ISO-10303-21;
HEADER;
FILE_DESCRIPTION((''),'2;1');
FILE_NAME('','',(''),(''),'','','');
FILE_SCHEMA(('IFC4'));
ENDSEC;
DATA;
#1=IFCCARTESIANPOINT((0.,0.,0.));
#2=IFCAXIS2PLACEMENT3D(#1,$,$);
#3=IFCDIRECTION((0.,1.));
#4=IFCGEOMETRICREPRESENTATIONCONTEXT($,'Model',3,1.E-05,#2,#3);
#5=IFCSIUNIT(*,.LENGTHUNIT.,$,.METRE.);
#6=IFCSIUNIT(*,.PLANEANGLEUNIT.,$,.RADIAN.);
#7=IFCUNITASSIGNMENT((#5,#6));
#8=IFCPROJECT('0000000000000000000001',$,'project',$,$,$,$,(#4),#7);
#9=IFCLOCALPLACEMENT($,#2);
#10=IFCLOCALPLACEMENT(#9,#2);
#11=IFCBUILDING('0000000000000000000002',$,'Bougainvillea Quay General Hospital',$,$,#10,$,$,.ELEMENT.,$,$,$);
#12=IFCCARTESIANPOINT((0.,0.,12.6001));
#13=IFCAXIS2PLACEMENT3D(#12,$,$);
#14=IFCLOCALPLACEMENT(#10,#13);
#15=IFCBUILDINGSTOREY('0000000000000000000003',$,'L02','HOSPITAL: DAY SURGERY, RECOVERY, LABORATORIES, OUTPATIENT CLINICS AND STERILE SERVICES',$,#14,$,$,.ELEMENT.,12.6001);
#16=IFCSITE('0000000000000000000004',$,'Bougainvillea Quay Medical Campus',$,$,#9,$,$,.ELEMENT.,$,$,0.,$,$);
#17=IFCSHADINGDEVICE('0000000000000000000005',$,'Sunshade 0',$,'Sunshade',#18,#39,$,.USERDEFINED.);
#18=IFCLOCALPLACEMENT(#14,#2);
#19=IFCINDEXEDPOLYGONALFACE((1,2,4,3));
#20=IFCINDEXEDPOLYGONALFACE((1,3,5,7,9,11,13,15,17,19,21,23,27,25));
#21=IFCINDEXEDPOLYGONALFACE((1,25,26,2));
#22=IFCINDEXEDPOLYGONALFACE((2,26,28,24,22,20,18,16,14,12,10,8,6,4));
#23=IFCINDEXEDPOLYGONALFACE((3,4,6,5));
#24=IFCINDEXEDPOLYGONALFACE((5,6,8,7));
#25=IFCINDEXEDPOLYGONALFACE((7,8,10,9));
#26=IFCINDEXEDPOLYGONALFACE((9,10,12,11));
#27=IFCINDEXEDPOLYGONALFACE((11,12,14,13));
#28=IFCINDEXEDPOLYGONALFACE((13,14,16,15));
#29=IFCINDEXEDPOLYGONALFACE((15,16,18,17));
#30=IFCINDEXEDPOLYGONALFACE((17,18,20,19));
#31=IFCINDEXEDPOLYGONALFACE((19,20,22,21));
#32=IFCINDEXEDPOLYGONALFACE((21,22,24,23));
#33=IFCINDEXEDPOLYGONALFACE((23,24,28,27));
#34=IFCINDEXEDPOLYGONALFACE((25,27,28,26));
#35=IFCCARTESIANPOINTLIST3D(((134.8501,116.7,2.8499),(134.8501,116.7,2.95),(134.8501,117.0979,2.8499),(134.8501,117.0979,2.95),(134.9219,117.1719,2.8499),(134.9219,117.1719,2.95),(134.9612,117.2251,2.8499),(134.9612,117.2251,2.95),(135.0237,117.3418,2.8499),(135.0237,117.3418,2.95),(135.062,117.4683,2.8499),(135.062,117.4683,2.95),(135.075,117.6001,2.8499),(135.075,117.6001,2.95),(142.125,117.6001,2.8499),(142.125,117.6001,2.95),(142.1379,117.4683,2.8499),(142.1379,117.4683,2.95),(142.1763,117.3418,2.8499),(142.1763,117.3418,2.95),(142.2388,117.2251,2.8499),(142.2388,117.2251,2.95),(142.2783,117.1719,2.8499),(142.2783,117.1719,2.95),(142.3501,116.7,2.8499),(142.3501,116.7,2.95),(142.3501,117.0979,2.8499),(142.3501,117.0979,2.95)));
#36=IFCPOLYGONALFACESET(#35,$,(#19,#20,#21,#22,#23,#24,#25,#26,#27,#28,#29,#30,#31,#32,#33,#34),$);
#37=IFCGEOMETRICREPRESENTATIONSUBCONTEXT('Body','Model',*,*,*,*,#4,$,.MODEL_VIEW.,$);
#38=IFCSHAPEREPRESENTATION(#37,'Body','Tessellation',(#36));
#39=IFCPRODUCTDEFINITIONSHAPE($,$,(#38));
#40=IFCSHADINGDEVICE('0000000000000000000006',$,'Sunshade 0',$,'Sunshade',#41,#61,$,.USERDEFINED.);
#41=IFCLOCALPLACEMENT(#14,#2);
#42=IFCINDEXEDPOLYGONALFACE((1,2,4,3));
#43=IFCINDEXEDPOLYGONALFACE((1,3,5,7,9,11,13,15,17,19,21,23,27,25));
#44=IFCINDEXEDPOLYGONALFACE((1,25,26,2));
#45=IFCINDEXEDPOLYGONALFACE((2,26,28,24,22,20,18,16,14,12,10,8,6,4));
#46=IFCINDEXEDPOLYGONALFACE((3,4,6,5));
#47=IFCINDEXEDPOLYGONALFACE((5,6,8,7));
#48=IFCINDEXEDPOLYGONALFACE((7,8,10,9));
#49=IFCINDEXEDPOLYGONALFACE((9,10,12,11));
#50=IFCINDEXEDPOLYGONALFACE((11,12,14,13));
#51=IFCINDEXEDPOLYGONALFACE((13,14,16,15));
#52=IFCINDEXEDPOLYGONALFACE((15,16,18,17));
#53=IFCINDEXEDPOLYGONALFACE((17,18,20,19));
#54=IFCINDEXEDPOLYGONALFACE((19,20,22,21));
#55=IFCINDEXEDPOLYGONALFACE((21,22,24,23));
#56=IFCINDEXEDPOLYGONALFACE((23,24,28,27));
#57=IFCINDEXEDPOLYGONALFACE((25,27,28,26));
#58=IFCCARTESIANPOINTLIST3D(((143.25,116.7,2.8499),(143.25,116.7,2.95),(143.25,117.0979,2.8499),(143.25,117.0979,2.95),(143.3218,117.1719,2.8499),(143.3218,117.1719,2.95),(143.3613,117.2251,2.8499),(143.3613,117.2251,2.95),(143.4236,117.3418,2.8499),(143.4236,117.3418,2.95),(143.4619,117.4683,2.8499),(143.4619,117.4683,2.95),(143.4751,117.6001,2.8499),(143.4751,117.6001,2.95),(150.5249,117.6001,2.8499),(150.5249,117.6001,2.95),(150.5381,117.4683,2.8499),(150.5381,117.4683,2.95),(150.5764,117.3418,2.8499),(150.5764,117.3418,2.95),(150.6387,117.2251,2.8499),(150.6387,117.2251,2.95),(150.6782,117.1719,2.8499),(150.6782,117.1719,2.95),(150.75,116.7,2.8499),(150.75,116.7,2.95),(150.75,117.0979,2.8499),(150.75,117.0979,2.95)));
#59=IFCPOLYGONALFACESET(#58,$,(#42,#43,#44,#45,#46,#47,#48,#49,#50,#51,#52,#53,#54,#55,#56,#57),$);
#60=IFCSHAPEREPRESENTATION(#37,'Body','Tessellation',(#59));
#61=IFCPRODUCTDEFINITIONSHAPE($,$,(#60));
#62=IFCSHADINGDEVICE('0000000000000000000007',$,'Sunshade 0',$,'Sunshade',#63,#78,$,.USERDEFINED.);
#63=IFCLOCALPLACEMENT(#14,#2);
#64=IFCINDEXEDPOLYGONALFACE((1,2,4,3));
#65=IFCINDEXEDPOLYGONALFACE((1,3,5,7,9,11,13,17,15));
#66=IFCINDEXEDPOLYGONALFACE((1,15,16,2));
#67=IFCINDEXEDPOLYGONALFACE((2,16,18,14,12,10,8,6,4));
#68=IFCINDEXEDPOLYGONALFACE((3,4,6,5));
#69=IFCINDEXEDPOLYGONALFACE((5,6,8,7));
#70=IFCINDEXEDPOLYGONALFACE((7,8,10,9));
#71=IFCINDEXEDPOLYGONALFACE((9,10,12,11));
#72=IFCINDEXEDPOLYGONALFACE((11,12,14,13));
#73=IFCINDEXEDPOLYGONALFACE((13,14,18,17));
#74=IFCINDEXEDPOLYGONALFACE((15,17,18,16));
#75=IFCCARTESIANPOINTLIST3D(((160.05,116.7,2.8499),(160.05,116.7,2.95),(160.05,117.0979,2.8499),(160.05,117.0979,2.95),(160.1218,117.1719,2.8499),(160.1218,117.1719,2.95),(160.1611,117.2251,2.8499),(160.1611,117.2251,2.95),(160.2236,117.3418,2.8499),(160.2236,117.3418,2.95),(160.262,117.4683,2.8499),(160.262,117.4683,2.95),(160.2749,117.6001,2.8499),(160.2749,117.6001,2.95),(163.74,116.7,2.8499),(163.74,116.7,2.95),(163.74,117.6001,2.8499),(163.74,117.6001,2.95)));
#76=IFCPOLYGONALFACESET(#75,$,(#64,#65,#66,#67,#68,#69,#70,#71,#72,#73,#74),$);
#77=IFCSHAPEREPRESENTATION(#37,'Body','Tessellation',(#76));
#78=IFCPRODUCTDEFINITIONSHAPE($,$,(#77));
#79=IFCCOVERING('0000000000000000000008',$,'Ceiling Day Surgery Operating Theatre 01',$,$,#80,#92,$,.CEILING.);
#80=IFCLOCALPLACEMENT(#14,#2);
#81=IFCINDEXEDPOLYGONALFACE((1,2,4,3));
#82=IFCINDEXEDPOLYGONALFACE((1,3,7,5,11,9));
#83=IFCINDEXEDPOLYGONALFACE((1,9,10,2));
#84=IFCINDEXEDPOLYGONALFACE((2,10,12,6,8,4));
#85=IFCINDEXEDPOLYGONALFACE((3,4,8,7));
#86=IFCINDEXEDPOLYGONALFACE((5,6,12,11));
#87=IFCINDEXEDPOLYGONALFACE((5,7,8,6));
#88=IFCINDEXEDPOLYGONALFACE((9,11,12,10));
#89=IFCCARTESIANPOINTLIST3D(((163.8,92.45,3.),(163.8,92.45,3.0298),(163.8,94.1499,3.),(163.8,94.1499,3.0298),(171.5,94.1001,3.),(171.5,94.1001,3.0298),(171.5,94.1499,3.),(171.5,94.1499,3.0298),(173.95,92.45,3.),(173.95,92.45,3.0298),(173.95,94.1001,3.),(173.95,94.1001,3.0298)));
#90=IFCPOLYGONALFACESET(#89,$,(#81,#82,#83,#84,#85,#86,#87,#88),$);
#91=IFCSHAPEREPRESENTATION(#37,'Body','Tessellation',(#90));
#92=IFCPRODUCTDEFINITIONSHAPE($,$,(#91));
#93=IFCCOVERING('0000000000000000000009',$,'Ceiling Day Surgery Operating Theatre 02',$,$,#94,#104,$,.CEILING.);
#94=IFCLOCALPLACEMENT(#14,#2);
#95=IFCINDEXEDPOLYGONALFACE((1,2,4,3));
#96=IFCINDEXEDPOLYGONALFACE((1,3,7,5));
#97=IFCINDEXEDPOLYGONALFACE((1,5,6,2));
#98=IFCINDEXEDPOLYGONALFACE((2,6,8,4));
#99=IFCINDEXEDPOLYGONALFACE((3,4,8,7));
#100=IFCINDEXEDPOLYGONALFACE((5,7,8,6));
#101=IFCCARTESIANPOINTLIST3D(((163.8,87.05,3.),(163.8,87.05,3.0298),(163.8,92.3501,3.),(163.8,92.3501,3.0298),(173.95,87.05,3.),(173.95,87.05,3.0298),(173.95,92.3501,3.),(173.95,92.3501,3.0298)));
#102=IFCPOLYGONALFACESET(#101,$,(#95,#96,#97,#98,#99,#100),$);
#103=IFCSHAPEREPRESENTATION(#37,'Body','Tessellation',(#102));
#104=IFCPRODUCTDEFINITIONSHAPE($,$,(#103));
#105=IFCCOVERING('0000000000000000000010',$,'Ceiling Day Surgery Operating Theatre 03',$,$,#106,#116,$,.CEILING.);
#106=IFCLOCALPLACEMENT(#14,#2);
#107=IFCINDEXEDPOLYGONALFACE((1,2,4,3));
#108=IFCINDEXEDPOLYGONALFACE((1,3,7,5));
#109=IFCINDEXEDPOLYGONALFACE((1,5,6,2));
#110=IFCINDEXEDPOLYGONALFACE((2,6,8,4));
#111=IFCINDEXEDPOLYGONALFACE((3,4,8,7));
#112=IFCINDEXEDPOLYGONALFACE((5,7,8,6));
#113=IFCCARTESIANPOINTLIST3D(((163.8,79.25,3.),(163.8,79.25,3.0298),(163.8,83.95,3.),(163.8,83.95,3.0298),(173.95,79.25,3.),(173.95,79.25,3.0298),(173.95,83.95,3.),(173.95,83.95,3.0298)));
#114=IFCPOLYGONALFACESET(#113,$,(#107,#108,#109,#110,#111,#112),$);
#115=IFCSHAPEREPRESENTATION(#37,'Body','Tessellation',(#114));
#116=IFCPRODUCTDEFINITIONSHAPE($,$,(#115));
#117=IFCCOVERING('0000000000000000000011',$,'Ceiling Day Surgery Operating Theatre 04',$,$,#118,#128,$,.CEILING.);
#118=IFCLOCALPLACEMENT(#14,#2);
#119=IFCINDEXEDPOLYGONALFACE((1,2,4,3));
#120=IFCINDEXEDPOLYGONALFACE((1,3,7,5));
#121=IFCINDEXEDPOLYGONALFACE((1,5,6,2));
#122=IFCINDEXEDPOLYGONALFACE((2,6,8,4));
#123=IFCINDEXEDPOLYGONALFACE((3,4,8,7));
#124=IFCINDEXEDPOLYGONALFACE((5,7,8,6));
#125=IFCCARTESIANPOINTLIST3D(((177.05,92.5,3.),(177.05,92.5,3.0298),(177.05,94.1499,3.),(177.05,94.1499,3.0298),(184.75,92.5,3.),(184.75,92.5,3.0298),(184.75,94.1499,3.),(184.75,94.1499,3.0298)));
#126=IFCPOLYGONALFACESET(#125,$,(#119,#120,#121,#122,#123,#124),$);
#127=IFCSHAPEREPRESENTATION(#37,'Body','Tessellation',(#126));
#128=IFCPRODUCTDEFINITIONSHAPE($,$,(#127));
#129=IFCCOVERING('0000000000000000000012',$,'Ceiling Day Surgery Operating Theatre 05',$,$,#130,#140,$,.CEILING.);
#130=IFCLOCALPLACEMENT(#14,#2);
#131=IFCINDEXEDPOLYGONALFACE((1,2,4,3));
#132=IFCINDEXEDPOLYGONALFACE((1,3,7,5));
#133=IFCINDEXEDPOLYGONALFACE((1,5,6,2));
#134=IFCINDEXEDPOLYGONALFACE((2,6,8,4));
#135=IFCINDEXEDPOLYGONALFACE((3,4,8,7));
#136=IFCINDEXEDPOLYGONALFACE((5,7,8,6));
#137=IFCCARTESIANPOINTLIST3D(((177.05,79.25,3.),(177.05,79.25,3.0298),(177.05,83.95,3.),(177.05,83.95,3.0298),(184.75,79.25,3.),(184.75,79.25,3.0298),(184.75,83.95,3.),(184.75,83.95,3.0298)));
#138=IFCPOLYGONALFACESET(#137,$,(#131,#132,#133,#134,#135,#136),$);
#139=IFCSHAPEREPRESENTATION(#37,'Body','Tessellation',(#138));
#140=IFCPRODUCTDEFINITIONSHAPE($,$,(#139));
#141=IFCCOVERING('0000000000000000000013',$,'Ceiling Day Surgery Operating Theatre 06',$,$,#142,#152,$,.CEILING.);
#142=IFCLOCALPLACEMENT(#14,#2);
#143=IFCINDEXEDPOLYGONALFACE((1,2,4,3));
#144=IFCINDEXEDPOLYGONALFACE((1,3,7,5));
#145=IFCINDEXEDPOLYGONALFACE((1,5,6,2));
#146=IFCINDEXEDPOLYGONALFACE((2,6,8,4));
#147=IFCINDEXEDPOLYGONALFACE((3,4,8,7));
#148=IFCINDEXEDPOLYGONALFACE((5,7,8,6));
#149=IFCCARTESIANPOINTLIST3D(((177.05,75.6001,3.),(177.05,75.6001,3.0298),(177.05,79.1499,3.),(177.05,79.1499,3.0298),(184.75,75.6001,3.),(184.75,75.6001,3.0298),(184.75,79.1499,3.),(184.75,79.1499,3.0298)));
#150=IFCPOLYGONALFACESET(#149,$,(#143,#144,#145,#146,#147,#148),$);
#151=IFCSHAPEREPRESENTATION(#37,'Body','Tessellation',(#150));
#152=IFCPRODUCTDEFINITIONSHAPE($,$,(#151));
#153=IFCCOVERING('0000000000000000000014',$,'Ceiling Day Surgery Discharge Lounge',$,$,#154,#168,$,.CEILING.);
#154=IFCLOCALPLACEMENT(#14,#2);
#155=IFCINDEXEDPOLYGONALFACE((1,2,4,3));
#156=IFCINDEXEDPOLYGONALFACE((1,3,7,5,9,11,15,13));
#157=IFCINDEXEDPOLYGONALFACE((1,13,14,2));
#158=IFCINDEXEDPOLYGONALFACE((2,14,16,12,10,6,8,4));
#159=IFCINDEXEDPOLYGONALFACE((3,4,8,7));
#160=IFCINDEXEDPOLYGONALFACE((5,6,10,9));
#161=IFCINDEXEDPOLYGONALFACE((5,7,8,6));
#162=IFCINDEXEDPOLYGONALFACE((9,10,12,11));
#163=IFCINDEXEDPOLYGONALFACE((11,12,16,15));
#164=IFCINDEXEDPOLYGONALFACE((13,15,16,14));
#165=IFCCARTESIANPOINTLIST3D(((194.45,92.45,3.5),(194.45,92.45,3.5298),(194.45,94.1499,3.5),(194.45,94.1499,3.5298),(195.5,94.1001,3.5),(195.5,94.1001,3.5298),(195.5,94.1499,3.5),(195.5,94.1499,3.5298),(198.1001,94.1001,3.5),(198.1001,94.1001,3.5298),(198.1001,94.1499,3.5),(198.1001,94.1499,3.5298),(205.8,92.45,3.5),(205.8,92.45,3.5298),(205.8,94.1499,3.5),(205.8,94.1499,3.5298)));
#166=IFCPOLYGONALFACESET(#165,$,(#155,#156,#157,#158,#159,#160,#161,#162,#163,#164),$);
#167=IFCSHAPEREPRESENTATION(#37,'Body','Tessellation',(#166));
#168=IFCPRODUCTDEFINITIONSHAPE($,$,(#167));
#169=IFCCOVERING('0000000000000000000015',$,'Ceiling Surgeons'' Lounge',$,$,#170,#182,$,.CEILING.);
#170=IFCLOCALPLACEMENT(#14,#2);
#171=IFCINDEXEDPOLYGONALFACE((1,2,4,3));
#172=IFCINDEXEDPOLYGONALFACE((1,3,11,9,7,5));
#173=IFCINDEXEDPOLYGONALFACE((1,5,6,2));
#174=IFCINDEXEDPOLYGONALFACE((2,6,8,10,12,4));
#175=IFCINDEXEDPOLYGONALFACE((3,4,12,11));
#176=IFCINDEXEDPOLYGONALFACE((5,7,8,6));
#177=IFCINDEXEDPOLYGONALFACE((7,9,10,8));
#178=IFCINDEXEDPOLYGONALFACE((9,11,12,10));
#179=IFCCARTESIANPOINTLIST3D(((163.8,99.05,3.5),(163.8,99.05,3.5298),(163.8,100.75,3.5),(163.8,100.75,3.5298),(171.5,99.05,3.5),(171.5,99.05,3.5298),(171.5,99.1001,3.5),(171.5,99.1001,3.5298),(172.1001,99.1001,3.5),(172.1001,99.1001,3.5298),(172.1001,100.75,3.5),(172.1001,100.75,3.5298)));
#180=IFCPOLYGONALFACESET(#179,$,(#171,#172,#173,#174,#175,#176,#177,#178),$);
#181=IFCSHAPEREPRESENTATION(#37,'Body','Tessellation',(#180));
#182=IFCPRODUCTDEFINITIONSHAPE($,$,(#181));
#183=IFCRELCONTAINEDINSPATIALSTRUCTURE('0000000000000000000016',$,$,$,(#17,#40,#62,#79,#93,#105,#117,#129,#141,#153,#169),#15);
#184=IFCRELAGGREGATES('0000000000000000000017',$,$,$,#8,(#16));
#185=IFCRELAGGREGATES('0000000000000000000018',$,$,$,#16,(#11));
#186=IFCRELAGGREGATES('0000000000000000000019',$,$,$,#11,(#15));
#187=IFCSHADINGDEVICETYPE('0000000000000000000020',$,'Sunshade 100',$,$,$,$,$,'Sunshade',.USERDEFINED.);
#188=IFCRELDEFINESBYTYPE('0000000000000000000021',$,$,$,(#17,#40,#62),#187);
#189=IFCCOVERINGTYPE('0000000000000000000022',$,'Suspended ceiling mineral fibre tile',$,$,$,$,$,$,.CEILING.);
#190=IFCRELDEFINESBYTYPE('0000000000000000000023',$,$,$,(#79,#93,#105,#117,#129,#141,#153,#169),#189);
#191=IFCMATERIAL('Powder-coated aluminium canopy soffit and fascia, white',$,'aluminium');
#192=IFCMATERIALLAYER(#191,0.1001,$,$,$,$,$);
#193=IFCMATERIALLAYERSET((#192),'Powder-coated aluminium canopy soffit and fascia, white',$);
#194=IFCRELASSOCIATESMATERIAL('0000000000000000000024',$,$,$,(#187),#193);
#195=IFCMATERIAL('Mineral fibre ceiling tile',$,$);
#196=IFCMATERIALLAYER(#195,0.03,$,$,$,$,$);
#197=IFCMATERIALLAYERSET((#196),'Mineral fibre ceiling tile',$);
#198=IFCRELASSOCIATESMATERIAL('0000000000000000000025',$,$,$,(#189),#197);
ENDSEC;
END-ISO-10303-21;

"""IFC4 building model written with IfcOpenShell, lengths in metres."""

from ifc_helpers import new_model, si_unit, direction, frame, origin, place, context, subcontext, project, spatial, polyline, outline, extrude, material, layer, layer_set, type_object, element, save


model = new_model("IFC4")

# Units and contexts
model_context = context("Model", 3, precision=1e-05, world=origin(), true_north=direction((0.0, 1.0)))
body_context = subcontext(model_context, "Body", "Model", "MODEL_VIEW")
ifc_project = project(units=[si_unit("LENGTHUNIT", "METRE"), si_unit("PLANEANGLEUNIT", "RADIAN")], contexts=[model_context])

# Site, building, storey
site_placement = place(None, origin())
site = spatial("IfcSite", under=ifc_project, at=site_placement, Name="Bougainvillea Quay Medical Campus", CompositionType="ELEMENT", RefElevation=0.0)
building_placement = place(site_placement, origin())
building = spatial("IfcBuilding", under=site, at=building_placement, Name="Bougainvillea Quay General Hospital", CompositionType="ELEMENT")
storey_placement = place(building_placement, frame((0.0, 0.0, 12.6001)))
storey = spatial("IfcBuildingStorey", under=building, at=storey_placement, Name="L02", Description="HOSPITAL: DAY SURGERY, RECOVERY, LABORATORIES, OUTPATIENT CLINICS AND STERILE SERVICES", CompositionType="ELEMENT", Elevation=12.6001)

# Shading devices
ifc_material_1 = material(Name="Powder-coated aluminium canopy soffit and fascia, white", Category="aluminium")
ifc_layer_1 = layer(ifc_material_1, 0.1001)
ifc_layer_set_1 = layer_set([ifc_layer_1], Name="Powder-coated aluminium canopy soffit and fascia, white")
shading_device_type = type_object("IfcShadingDeviceType", Name="Sunshade 100", ElementType="Sunshade", PredefinedType="USERDEFINED", material=ifc_layer_set_1)
shading_device_1_placement = place(storey_placement, frame((0.0, 0.0, 2.8499)))
element("IfcShadingDevice", 1, at=shading_device_1_placement, inside=storey, type_object=shading_device_type, Name="Sunshade 0", ObjectType="Sunshade", PredefinedType="USERDEFINED", context=body_context, shape_type="SweptSolid", body=[
    extrude(outline(polyline([(142.125, 117.6001), (135.075, 117.6001), (135.062, 117.4683), (135.0237, 117.3418), (134.9612, 117.2251), (134.9219, 117.1719), (134.8501, 117.0979), (134.8501, 116.7), (142.3501, 116.7), (142.3501, 117.0979), (142.2783, 117.1719), (142.2388, 117.2251), (142.1763, 117.3418), (142.1379, 117.4683), (142.125, 117.6001)])), origin(), (0.0, 0.0, 1.0), 0.1001),
])
shading_device_2_placement = place(storey_placement, frame((0.0, 0.0, 2.8499)))
element("IfcShadingDevice", 2, at=shading_device_2_placement, inside=storey, type_object=shading_device_type, Name="Sunshade 0", ObjectType="Sunshade", PredefinedType="USERDEFINED", context=body_context, shape_type="SweptSolid", body=[
    extrude(outline(polyline([(150.5249, 117.6001), (143.4751, 117.6001), (143.4619, 117.4683), (143.4236, 117.3418), (143.3613, 117.2251), (143.3218, 117.1719), (143.25, 117.0979), (143.25, 116.7), (150.75, 116.7), (150.75, 117.0979), (150.6782, 117.1719), (150.6387, 117.2251), (150.5764, 117.3418), (150.5381, 117.4683), (150.5249, 117.6001)])), origin(), (0.0, 0.0, 1.0), 0.1001),
])
shading_device_3_placement = place(storey_placement, frame((0.0, 0.0, 2.8499)))
element("IfcShadingDevice", 3, at=shading_device_3_placement, inside=storey, type_object=shading_device_type, Name="Sunshade 0", ObjectType="Sunshade", PredefinedType="USERDEFINED", context=body_context, shape_type="SweptSolid", body=[
    extrude(outline(polyline([(163.74, 117.6001), (160.2749, 117.6001), (160.262, 117.4683), (160.2236, 117.3418), (160.1611, 117.2251), (160.1218, 117.1719), (160.05, 117.0979), (160.05, 116.7), (163.74, 116.7), (163.74, 117.6001)])), origin(), (0.0, 0.0, 1.0), 0.1001),
])

# Coverings
ifc_material_2 = material(Name="Mineral fibre ceiling tile")
ifc_layer_2 = layer(ifc_material_2, 0.03)
ifc_layer_set_2 = layer_set([ifc_layer_2], Name="Mineral fibre ceiling tile")
covering_type = type_object("IfcCoveringType", Name="Suspended ceiling mineral fibre tile", PredefinedType="CEILING", material=ifc_layer_set_2)
covering_1_placement = place(storey_placement, frame((0.0, 0.0, 3.0)))
element("IfcCovering", 4, at=covering_1_placement, inside=storey, type_object=covering_type, Name="Ceiling Day Surgery Operating Theatre 01", PredefinedType="CEILING", context=body_context, shape_type="SweptSolid", body=[
    extrude(outline(polyline([(163.8, 92.45), (173.95, 92.45), (173.95, 94.1001), (171.5, 94.1001), (171.5, 94.1499), (163.8, 94.1499), (163.8, 92.45)])), origin(), (0.0, 0.0, 1.0), 0.0298),
])
covering_2_placement = place(storey_placement, frame((0.0, 0.0, 3.0)))
element("IfcCovering", 5, at=covering_2_placement, inside=storey, type_object=covering_type, Name="Ceiling Day Surgery Operating Theatre 02", PredefinedType="CEILING", context=body_context, shape_type="SweptSolid", body=[
    extrude(outline(polyline([(163.8, 87.05), (173.95, 87.05), (173.95, 92.3501), (163.8, 92.3501), (163.8, 87.05)])), origin(), (0.0, 0.0, 1.0), 0.0298),
])
covering_3_placement = place(storey_placement, frame((0.0, 0.0, 3.0)))
element("IfcCovering", 6, at=covering_3_placement, inside=storey, type_object=covering_type, Name="Ceiling Day Surgery Operating Theatre 03", PredefinedType="CEILING", context=body_context, shape_type="SweptSolid", body=[
    extrude(outline(polyline([(163.8, 79.25), (173.95, 79.25), (173.95, 83.95), (163.8, 83.95), (163.8, 79.25)])), origin(), (0.0, 0.0, 1.0), 0.0298),
])
covering_4_placement = place(storey_placement, frame((0.0, 0.0, 3.0)))
element("IfcCovering", 7, at=covering_4_placement, inside=storey, type_object=covering_type, Name="Ceiling Day Surgery Operating Theatre 04", PredefinedType="CEILING", context=body_context, shape_type="SweptSolid", body=[
    extrude(outline(polyline([(184.75, 92.5), (184.75, 94.1499), (177.05, 94.1499), (177.05, 92.5), (184.75, 92.5)])), origin(), (0.0, 0.0, 1.0), 0.0298),
])
covering_5_placement = place(storey_placement, frame((0.0, 0.0, 3.0)))
element("IfcCovering", 8, at=covering_5_placement, inside=storey, type_object=covering_type, Name="Ceiling Day Surgery Operating Theatre 05", PredefinedType="CEILING", context=body_context, shape_type="SweptSolid", body=[
    extrude(outline(polyline([(184.75, 79.25), (184.75, 83.95), (177.05, 83.95), (177.05, 79.25), (184.75, 79.25)])), origin(), (0.0, 0.0, 1.0), 0.0298),
])
covering_6_placement = place(storey_placement, frame((0.0, 0.0, 3.0)))
element("IfcCovering", 9, at=covering_6_placement, inside=storey, type_object=covering_type, Name="Ceiling Day Surgery Operating Theatre 06", PredefinedType="CEILING", context=body_context, shape_type="SweptSolid", body=[
    extrude(outline(polyline([(184.75, 75.6001), (184.75, 79.1499), (177.05, 79.1499), (177.05, 75.6001), (184.75, 75.6001)])), origin(), (0.0, 0.0, 1.0), 0.0298),
])
covering_7_placement = place(storey_placement, frame((0.0, 0.0, 3.5)))
element("IfcCovering", 10, at=covering_7_placement, inside=storey, type_object=covering_type, Name="Ceiling Day Surgery Discharge Lounge", PredefinedType="CEILING", context=body_context, shape_type="SweptSolid", body=[
    extrude(outline(polyline([(205.8, 94.1499), (198.1001, 94.1499), (198.1001, 94.1001), (195.5, 94.1001), (195.5, 94.1499), (194.45, 94.1499), (194.45, 92.45), (205.8, 92.45), (205.8, 94.1499)])), origin(), (0.0, 0.0, 1.0), 0.0298),
])
covering_8_placement = place(storey_placement, frame((0.0, 0.0, 3.5)))
element("IfcCovering", 11, at=covering_8_placement, inside=storey, type_object=covering_type, Name="Ceiling Surgeons' Lounge", PredefinedType="CEILING", context=body_context, shape_type="SweptSolid", body=[
    extrude(outline(polyline([(163.8, 99.05), (171.5, 99.05), (171.5, 99.1001), (172.1001, 99.1001), (172.1001, 100.75), (163.8, 100.75), (163.8, 99.05)])), origin(), (0.0, 0.0, 1.0), 0.0298),
])

save(model, "model.ifc")
